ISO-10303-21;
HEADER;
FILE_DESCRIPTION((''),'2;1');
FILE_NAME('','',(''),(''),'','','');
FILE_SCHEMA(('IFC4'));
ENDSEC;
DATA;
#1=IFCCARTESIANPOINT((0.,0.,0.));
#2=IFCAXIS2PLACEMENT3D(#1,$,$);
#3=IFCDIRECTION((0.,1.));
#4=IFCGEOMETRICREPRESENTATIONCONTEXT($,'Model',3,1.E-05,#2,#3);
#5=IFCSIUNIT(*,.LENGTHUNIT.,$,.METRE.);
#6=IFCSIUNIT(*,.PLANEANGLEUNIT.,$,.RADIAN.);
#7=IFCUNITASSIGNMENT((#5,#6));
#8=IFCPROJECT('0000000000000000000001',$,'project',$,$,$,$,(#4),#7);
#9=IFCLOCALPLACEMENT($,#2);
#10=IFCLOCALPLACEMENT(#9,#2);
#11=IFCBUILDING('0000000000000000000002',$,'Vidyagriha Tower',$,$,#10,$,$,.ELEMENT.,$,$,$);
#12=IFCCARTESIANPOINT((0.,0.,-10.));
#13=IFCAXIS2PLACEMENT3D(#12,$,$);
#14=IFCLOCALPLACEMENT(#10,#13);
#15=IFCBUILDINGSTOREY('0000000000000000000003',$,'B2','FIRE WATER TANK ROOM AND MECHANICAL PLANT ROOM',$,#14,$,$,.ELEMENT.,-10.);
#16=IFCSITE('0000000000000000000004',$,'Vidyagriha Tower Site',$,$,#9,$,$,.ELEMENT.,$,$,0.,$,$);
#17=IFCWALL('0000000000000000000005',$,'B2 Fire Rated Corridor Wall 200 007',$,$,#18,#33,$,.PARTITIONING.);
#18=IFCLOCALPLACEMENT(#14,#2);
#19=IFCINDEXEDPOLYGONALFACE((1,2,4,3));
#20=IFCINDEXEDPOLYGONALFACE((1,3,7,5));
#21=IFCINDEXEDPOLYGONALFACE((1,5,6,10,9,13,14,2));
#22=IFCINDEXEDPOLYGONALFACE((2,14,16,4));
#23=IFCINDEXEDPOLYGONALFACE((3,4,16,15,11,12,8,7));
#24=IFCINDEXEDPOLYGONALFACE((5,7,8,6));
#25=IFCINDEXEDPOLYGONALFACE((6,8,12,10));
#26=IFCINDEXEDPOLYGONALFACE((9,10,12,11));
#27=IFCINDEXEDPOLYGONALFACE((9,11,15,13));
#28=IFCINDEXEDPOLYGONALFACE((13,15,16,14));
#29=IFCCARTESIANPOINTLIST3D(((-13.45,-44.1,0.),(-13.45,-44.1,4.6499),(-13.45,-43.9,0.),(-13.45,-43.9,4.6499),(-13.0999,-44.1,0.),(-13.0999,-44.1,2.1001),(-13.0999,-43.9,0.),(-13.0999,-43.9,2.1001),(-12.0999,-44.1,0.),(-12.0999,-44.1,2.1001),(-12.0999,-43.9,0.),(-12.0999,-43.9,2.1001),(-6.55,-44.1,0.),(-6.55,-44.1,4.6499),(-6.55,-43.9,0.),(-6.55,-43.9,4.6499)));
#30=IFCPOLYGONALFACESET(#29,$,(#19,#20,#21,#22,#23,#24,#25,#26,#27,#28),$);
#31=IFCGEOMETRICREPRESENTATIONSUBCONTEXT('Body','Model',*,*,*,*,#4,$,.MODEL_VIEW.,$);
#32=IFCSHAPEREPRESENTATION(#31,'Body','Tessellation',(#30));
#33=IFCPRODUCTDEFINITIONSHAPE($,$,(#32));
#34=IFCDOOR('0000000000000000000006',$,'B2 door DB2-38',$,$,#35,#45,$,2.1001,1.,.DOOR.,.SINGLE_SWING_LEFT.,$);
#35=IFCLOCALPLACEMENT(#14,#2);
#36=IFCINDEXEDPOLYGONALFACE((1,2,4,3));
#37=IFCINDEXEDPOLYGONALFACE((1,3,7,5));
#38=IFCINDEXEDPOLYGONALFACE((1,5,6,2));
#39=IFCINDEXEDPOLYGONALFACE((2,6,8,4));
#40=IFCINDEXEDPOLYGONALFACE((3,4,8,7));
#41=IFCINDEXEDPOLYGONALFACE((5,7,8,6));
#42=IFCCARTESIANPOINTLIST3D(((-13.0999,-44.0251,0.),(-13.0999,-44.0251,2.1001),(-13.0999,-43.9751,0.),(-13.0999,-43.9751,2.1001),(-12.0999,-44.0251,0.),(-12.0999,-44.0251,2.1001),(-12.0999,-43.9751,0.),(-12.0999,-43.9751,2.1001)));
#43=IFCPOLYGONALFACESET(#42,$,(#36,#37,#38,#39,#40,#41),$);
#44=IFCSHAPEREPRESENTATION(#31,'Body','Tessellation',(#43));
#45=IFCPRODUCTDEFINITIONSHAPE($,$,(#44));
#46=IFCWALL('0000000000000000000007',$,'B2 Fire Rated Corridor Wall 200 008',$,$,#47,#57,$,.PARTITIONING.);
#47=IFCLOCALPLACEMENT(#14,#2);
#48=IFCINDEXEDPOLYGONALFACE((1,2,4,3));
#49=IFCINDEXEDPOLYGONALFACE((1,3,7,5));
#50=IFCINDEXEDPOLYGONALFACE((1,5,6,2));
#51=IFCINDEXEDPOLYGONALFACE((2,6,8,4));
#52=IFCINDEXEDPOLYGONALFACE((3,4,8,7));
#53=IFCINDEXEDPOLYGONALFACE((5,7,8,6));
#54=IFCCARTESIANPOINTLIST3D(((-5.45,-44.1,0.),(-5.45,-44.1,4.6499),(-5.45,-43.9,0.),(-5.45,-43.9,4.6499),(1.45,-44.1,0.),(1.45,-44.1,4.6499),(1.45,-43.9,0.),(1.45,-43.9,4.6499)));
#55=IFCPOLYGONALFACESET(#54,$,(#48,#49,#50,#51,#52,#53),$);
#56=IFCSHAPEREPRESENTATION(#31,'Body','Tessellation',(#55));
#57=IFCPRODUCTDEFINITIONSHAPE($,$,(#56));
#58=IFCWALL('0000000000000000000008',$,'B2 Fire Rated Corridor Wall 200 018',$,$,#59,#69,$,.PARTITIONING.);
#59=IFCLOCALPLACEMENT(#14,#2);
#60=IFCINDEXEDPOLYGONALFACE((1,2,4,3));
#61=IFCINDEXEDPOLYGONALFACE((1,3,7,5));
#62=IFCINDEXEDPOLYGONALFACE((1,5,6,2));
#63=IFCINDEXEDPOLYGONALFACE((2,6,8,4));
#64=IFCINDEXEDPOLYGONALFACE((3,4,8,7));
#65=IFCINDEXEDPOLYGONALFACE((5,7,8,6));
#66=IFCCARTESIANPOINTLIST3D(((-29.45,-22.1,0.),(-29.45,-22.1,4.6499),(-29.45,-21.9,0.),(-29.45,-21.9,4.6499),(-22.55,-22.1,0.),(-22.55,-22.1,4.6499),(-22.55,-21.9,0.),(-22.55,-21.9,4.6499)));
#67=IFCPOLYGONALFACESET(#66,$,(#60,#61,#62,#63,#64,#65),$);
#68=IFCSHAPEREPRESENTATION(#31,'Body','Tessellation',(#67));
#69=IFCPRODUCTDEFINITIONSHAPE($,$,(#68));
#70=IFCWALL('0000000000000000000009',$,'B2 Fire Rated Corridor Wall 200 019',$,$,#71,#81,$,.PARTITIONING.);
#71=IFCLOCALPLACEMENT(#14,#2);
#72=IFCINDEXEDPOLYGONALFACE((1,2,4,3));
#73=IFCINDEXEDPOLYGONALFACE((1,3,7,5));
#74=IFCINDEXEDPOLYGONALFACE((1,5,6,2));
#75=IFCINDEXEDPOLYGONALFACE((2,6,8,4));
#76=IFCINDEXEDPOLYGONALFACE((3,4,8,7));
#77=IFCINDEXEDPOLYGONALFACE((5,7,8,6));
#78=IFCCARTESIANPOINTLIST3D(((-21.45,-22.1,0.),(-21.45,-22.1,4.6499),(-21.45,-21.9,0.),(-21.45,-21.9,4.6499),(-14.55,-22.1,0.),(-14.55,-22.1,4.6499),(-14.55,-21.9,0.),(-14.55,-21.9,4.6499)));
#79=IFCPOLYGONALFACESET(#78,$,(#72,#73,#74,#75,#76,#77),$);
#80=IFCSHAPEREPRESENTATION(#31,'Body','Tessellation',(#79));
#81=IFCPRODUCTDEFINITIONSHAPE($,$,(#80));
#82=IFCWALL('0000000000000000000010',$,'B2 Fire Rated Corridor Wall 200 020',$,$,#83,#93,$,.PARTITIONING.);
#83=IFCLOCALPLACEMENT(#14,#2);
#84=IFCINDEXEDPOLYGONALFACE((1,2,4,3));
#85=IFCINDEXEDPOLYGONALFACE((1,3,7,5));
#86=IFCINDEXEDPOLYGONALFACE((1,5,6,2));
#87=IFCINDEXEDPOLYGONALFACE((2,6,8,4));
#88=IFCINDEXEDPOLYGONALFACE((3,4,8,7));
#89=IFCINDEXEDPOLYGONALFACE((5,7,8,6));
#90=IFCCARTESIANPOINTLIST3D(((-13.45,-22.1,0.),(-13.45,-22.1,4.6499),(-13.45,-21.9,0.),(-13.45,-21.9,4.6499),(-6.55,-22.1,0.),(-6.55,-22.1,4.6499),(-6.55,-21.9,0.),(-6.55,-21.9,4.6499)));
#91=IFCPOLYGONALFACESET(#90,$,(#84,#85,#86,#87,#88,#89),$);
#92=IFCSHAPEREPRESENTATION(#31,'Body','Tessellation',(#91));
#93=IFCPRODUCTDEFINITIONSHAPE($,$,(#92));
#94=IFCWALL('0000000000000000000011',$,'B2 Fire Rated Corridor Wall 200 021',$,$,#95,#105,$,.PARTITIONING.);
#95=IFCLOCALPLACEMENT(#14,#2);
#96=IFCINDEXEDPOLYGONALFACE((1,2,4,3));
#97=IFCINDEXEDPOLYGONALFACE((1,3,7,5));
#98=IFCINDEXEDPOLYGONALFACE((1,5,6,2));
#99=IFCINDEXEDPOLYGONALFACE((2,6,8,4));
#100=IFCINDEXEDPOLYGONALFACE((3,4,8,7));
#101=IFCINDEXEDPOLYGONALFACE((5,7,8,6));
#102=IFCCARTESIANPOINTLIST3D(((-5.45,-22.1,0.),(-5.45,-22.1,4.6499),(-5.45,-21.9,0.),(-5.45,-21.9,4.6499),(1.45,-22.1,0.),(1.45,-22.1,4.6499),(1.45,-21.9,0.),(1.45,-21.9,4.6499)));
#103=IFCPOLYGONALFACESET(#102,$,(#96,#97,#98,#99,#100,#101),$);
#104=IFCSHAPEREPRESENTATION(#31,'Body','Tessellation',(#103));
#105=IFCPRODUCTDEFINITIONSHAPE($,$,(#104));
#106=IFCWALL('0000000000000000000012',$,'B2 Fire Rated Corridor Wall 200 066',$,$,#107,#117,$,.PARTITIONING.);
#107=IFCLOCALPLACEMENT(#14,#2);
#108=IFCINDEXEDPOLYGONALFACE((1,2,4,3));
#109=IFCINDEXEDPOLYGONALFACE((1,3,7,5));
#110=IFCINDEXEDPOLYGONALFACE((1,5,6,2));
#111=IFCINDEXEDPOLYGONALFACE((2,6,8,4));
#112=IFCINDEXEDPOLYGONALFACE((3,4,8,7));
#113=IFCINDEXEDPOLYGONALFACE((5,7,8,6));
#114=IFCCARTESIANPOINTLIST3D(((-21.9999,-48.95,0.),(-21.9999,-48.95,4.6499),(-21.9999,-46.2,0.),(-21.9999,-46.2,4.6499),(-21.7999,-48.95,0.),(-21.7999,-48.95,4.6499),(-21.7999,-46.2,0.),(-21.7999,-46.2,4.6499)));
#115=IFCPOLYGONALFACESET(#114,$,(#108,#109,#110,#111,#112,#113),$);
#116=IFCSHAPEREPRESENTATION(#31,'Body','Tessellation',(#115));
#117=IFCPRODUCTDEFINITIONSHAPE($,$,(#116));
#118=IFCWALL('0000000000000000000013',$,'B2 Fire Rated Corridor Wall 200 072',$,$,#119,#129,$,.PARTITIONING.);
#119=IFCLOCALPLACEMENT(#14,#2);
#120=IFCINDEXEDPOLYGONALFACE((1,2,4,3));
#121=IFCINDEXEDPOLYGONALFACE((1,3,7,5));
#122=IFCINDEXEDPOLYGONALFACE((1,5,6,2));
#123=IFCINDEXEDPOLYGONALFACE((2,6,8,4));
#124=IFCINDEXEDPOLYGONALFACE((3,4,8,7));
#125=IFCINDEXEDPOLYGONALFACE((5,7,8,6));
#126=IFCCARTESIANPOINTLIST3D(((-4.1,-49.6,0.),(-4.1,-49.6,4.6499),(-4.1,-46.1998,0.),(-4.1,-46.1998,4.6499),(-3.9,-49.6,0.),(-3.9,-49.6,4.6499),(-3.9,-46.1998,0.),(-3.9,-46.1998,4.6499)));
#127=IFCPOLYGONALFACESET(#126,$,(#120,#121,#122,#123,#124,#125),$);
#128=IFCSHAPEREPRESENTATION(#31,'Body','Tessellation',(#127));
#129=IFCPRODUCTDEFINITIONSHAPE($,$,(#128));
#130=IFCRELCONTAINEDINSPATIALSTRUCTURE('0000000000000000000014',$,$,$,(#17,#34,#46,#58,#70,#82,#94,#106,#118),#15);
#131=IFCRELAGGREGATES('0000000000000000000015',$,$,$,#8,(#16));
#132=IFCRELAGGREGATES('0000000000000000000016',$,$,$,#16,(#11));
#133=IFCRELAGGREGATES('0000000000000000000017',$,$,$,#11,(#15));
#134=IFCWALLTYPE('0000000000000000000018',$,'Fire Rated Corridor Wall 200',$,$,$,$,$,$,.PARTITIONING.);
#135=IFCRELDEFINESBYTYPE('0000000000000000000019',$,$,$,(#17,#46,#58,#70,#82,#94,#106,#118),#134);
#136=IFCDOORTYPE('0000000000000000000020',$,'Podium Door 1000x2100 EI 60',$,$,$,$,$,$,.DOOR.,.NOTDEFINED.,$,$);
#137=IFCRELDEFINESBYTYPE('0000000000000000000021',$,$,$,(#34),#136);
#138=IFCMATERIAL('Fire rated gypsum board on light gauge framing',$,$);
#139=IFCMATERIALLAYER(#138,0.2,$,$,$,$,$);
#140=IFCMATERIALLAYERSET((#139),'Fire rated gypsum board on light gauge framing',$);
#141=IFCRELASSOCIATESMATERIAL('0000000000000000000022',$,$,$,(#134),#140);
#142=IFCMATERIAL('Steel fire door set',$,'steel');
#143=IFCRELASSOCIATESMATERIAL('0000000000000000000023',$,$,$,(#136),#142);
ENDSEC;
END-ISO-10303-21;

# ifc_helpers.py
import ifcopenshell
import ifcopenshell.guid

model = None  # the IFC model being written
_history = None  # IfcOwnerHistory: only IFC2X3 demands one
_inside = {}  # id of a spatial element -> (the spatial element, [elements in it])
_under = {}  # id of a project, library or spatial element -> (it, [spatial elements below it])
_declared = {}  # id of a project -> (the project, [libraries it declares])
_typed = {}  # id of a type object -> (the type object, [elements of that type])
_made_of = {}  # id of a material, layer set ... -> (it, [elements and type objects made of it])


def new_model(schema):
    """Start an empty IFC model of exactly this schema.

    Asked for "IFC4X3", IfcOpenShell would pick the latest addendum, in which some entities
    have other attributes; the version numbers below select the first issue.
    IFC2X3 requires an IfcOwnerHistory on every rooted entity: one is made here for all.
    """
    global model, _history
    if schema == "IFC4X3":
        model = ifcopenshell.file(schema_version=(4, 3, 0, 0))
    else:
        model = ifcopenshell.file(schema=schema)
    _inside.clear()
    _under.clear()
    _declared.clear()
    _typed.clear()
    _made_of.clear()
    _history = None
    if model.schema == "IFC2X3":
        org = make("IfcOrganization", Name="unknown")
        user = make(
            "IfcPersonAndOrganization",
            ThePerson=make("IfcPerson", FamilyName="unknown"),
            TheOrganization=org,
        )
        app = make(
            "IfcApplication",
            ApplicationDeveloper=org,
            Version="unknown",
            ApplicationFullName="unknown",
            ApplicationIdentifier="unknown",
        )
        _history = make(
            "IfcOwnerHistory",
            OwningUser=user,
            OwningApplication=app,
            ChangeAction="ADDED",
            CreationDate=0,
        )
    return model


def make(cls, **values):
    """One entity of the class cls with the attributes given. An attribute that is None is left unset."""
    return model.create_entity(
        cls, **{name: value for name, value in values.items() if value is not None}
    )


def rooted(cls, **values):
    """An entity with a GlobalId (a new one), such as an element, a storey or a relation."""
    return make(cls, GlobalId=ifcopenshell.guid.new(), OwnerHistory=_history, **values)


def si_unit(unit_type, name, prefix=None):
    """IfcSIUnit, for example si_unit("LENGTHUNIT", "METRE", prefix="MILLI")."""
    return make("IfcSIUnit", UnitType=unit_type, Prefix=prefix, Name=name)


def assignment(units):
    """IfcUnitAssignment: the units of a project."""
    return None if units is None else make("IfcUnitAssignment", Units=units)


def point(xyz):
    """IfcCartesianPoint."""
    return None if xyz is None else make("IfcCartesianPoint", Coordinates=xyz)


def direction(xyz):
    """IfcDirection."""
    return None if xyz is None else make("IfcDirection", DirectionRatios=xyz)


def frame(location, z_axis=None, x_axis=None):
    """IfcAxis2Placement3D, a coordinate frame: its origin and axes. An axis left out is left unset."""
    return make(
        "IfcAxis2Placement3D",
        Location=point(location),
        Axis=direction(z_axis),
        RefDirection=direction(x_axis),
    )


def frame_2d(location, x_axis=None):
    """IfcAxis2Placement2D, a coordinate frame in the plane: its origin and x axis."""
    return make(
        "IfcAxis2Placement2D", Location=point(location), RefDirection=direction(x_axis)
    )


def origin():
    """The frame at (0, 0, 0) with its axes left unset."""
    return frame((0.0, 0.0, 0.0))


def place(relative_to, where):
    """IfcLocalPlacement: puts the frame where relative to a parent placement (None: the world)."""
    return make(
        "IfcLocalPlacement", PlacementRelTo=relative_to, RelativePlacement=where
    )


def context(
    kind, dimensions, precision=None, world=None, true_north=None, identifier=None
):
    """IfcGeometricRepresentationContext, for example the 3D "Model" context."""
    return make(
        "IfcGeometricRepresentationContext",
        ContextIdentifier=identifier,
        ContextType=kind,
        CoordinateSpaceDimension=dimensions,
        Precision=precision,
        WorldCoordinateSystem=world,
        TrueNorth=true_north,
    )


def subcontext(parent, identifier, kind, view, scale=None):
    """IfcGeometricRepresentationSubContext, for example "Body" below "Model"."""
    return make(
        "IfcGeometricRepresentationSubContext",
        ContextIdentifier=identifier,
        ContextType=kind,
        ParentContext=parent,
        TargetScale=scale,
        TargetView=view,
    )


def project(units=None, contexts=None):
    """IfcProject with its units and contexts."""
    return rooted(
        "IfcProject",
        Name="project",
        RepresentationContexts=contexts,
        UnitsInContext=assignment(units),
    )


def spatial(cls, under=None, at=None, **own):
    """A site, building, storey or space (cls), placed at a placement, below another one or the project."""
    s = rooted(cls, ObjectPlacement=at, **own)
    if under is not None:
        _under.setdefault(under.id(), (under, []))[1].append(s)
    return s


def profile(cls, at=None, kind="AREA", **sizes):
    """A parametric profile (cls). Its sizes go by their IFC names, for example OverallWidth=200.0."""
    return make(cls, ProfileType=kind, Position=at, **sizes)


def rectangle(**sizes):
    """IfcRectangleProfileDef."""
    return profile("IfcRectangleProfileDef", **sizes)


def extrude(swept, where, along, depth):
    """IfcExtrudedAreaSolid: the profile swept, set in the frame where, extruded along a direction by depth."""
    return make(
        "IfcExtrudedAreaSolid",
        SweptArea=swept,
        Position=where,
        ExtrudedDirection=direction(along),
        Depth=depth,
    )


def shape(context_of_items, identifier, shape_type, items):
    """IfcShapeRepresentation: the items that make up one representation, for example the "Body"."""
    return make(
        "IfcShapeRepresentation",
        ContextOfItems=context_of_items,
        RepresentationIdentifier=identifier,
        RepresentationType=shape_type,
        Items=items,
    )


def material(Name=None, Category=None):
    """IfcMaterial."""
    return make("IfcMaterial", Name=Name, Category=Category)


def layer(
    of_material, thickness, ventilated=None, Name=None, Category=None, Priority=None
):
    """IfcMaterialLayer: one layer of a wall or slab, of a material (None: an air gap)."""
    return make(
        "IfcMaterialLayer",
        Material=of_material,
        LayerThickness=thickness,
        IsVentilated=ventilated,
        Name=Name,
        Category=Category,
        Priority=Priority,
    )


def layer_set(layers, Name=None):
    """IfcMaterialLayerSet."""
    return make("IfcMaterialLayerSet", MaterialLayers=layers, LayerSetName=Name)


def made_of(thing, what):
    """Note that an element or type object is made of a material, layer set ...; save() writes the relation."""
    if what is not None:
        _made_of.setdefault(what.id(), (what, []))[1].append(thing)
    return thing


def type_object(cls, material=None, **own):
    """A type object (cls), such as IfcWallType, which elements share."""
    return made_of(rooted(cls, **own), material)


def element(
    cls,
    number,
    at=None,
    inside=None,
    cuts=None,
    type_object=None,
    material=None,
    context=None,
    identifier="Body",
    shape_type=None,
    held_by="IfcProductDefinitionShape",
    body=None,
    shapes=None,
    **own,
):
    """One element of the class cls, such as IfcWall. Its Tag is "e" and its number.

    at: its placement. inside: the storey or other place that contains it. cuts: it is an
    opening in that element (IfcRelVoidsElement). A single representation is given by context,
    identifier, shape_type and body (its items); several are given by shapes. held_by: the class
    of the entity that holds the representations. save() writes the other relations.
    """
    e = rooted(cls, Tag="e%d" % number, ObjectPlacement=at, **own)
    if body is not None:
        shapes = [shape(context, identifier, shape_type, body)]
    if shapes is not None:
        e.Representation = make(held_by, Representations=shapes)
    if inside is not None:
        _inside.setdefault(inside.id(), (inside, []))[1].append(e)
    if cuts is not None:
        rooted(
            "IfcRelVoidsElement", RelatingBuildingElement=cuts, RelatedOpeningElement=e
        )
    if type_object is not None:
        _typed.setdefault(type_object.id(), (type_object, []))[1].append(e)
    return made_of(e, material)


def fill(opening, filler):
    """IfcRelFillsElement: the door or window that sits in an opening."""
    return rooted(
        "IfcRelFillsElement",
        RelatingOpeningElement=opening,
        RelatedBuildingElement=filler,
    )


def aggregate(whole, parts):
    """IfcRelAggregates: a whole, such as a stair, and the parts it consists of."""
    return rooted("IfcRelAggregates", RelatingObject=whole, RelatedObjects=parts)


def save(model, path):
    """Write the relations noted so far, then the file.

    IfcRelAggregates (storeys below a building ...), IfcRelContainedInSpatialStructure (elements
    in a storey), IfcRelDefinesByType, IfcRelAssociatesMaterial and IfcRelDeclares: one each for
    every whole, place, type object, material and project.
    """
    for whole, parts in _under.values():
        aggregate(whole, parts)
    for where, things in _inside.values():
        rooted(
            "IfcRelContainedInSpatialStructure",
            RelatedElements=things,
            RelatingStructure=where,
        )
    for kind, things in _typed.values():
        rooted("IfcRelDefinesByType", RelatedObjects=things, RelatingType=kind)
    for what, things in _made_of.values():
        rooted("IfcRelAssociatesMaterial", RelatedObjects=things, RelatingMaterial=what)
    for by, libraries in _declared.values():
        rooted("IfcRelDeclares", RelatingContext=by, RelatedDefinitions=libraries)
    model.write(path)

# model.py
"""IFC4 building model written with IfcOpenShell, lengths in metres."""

from ifc_helpers import new_model, si_unit, direction, frame, frame_2d, origin, place, context, subcontext, project, spatial, rectangle, extrude, material, layer, layer_set, type_object, element, fill, save


model = new_model("IFC4")

# Units and contexts
model_context = context("Model", 3, precision=1e-05, world=origin(), true_north=direction((0.0, 1.0)))
body_context = subcontext(model_context, "Body", "Model", "MODEL_VIEW")
ifc_project = project(units=[si_unit("LENGTHUNIT", "METRE"), si_unit("PLANEANGLEUNIT", "RADIAN")], contexts=[model_context])

# Site, building, storey
site_placement = place(None, origin())
site = spatial("IfcSite", under=ifc_project, at=site_placement, Name="Vidyagriha Tower Site", CompositionType="ELEMENT", RefElevation=0.0)
building_placement = place(site_placement, origin())
building = spatial("IfcBuilding", under=site, at=building_placement, Name="Vidyagriha Tower", CompositionType="ELEMENT")
storey_placement = place(building_placement, frame((0.0, 0.0, -10.0)))
storey = spatial("IfcBuildingStorey", under=building, at=storey_placement, Name="B2", Description="FIRE WATER TANK ROOM AND MECHANICAL PLANT ROOM", CompositionType="ELEMENT", Elevation=-10.0)

# Shared definitions
ifc_material_1 = material(Name="Fire rated gypsum board on light gauge framing")
ifc_layer = layer(ifc_material_1, 0.2)
ifc_layer_set = layer_set([ifc_layer], Name="Fire rated gypsum board on light gauge framing")
wall_type = type_object("IfcWallType", Name="Fire Rated Corridor Wall 200", PredefinedType="PARTITIONING", material=ifc_layer_set)

# Wall, opening, door
wall_1_placement = place(storey_placement, frame((-13.45, -44.0, 0.0)))
wall_1 = element("IfcWall", 1, at=wall_1_placement, inside=storey, type_object=wall_type, Name="B2 Fire Rated Corridor Wall 200 007", PredefinedType="PARTITIONING", context=body_context, shape_type="SweptSolid", body=[
    extrude(rectangle(XDim=6.8999, YDim=0.2, at=frame_2d((3.45, 0.0))), origin(), (0.0, 0.0, 1.0), 4.6499),
])
opening_placement = place(wall_1_placement, frame((0.3501, 0.0, 0.0)))
opening = element("IfcOpeningElement", 2, at=opening_placement, cuts=wall_1, PredefinedType="OPENING", context=body_context, shape_type="SweptSolid", body=[
    extrude(rectangle(XDim=1.0, YDim=2.1001, at=frame_2d((0.5, 1.05))), frame((0.0, 0.1099, 0.0), z_axis=(0.0, -1.0, 0.0), x_axis=(1.0, 0.0, 0.0)), (0.0, 0.0, 1.0), 0.22),
])
ifc_material_2 = material(Name="Steel fire door set", Category="steel")
door_type = type_object("IfcDoorType", Name="Podium Door 1000x2100 EI 60", OperationType="NOTDEFINED", PredefinedType="DOOR", material=ifc_material_2)
door_placement = place(opening_placement, origin())
door = element("IfcDoor", 3, at=door_placement, inside=storey, type_object=door_type, Name="B2 door DB2-38", OperationType="SINGLE_SWING_LEFT", OverallHeight=2.1001, OverallWidth=1.0, PredefinedType="DOOR", context=body_context, shape_type="SweptSolid", body=[
    extrude(rectangle(XDim=1.0, YDim=2.1001, at=frame_2d((0.5, 1.05))), frame((0.0, 0.0249, 0.0), z_axis=(0.0, -1.0, 0.0), x_axis=(1.0, 0.0, 0.0)), (0.0, 0.0, 1.0), 0.05),
])
fill(opening, door)

# Walls
for number, where, name in (
    (4, (-5.45, -44.0, 0.0), "B2 Fire Rated Corridor Wall 200 008"),
    (5, (-29.45, -22.0, 0.0), "B2 Fire Rated Corridor Wall 200 018"),
    (6, (-21.45, -22.0, 0.0), "B2 Fire Rated Corridor Wall 200 019"),
    (7, (-13.45, -22.0, 0.0), "B2 Fire Rated Corridor Wall 200 020"),
    (8, (-5.45, -22.0, 0.0), "B2 Fire Rated Corridor Wall 200 021"),
):
    element("IfcWall", number, at=place(storey_placement, frame(where)), inside=storey, type_object=wall_type, Name=name, PredefinedType="PARTITIONING", context=body_context, shape_type="SweptSolid", body=[
        extrude(rectangle(XDim=6.8999, YDim=0.2, at=frame_2d((3.45, 0.0))), origin(), (0.0, 0.0, 1.0), 4.6499),
    ])
wall_2_placement = place(storey_placement, frame((-21.8999, -48.95, 0.0), z_axis=(0.0, 0.0, 1.0), x_axis=(0.0, 1.0, 0.0)))
element("IfcWall", 9, at=wall_2_placement, inside=storey, type_object=wall_type, Name="B2 Fire Rated Corridor Wall 200 066", PredefinedType="PARTITIONING", context=body_context, shape_type="SweptSolid", body=[
    extrude(rectangle(XDim=2.75, YDim=0.2, at=frame_2d((1.375, 0.0))), origin(), (0.0, 0.0, 1.0), 4.6499),
])
wall_3_placement = place(storey_placement, frame((-4.0, -49.6001, 0.0), z_axis=(0.0, 0.0, 1.0), x_axis=(0.0, 1.0, 0.0)))
element("IfcWall", 10, at=wall_3_placement, inside=storey, type_object=wall_type, Name="B2 Fire Rated Corridor Wall 200 072", PredefinedType="PARTITIONING", context=body_context, shape_type="SweptSolid", body=[
    extrude(rectangle(XDim=3.4001, YDim=0.2, at=frame_2d((1.7002, 0.0))), origin(), (0.0, 0.0, 1.0), 4.6499),
])

save(model, "model.ifc")
